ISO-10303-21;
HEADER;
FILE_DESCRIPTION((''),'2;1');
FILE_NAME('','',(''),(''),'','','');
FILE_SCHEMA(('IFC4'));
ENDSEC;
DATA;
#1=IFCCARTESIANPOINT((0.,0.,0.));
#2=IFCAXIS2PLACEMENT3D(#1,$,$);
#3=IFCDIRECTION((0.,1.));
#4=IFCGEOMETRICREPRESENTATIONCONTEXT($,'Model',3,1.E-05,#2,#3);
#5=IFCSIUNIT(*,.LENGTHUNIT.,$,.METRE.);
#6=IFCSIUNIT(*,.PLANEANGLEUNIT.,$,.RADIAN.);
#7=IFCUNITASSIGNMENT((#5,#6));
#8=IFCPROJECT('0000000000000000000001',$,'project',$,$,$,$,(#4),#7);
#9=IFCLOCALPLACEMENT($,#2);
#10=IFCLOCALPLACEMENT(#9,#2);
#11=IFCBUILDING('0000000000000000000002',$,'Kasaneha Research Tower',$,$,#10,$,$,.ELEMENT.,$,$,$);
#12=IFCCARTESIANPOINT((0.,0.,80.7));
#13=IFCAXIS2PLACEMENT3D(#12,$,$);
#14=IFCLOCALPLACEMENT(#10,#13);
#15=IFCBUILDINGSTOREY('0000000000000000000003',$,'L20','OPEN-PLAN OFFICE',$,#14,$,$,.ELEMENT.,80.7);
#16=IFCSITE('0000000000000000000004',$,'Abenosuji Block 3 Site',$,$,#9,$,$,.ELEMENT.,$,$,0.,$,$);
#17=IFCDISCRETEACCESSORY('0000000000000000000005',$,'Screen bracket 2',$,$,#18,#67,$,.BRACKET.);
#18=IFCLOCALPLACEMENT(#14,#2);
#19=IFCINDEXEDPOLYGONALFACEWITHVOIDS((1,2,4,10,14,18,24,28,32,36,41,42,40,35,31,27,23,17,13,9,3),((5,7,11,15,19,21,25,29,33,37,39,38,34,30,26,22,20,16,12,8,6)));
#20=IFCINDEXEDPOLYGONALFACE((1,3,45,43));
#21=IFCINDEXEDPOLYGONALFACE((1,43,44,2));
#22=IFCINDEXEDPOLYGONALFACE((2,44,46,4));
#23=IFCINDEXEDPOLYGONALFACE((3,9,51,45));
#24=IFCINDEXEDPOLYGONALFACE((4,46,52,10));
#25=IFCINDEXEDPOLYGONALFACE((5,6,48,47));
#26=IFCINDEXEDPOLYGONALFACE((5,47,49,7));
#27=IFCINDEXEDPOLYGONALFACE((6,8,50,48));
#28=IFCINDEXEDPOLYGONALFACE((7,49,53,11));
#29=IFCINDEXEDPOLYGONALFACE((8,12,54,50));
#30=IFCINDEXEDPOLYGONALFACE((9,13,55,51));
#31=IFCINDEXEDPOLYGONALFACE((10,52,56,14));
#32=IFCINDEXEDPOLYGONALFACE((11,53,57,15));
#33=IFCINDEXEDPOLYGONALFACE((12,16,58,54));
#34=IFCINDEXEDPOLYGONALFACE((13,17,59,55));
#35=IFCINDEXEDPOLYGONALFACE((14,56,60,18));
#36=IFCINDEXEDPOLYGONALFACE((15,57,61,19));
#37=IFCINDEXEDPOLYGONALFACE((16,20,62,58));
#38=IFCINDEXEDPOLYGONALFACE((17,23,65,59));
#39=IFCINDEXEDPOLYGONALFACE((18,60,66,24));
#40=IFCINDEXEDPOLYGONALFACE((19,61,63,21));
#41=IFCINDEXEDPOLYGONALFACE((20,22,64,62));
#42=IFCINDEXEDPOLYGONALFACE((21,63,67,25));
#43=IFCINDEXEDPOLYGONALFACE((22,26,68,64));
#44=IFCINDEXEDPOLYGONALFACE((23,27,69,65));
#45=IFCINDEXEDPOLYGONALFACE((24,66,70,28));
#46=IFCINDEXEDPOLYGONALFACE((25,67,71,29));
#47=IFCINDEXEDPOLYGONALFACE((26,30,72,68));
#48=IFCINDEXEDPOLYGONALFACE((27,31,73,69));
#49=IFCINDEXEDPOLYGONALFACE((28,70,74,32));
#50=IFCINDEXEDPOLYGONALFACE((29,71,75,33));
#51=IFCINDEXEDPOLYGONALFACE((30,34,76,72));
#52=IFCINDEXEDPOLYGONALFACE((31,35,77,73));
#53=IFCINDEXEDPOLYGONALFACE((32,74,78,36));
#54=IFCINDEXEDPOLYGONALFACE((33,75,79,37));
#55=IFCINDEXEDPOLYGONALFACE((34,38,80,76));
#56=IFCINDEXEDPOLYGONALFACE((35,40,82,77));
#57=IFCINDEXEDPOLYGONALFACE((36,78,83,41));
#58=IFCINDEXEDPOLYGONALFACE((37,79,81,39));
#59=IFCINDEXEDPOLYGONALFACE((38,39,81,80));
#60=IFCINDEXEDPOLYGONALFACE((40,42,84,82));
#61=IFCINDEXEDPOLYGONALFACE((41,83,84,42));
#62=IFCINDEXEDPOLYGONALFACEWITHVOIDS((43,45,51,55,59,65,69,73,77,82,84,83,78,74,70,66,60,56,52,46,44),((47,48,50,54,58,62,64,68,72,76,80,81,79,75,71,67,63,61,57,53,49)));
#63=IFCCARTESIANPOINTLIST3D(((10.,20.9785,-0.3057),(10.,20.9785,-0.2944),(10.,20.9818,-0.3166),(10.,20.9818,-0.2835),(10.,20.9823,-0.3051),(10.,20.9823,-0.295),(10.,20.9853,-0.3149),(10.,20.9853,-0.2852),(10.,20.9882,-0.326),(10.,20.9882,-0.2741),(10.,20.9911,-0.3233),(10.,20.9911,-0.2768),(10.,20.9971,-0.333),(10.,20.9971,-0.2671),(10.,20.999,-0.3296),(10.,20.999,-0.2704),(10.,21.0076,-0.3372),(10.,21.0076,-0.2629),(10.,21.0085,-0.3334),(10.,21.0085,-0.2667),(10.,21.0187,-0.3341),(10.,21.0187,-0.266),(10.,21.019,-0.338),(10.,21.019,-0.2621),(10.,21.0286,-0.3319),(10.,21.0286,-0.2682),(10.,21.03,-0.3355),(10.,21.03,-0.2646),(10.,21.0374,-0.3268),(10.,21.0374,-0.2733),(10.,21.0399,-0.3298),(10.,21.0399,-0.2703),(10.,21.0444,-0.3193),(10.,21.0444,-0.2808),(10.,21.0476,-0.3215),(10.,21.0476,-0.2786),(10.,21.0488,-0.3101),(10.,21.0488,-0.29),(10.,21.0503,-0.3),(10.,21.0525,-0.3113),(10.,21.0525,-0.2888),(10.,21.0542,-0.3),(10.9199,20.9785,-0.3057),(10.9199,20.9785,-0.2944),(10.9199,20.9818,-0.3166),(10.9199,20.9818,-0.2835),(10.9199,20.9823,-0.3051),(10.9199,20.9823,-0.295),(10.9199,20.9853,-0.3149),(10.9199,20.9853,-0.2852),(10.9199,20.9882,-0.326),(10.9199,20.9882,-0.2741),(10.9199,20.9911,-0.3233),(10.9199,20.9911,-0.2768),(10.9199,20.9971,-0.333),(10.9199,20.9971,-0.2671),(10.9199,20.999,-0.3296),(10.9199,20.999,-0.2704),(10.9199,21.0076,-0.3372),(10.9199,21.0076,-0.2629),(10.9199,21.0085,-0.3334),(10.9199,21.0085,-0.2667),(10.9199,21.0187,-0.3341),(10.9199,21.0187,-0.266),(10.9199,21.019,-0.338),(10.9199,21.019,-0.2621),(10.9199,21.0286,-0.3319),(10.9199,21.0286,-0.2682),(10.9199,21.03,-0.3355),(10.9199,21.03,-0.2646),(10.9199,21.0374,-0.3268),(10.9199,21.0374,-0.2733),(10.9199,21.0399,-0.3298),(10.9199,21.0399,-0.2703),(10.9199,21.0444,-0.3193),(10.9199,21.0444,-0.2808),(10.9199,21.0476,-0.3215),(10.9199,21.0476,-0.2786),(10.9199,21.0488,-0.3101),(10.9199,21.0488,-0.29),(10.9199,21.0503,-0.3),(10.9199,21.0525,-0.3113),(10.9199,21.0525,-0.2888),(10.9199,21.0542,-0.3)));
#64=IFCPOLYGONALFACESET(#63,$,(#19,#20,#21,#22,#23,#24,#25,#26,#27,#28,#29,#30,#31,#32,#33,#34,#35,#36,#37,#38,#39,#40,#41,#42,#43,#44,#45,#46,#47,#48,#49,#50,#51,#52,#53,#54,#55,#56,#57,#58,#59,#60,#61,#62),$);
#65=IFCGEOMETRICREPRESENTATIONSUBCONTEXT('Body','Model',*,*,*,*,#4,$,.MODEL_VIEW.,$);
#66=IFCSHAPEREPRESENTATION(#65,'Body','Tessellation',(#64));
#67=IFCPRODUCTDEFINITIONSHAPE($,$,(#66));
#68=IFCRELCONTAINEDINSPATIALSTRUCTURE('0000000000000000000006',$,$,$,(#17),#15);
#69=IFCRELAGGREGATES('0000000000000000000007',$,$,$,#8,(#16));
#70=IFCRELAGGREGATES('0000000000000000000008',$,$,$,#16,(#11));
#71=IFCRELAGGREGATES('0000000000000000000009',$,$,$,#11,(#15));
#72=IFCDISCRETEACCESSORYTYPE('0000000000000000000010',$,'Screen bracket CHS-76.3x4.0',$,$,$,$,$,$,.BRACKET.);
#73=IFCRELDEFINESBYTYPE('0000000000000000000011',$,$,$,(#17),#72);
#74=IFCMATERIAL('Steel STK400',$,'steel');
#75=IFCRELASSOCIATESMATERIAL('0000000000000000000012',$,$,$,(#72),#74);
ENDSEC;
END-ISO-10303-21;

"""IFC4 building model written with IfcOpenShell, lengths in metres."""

from ifc_helpers import new_model, si_unit, direction, frame, origin, origin_2d, place, context, subcontext, project, spatial, hollow_circle, extrude, material, material_profile, profile_set, type_object, element, save


model = new_model("IFC4")

# Units and contexts
model_context = context("Model", 3, precision=1e-05, world=origin(), true_north=direction((0.0, 1.0)))
body_context = subcontext(model_context, "Body", "Model", "MODEL_VIEW")
ifc_project = project(units=[si_unit("LENGTHUNIT", "METRE"), si_unit("PLANEANGLEUNIT", "RADIAN")], contexts=[model_context])

# Site, building, storey
site_placement = place(None, origin())
site = spatial("IfcSite", under=ifc_project, at=site_placement, Name="Abenosuji Block 3 Site", CompositionType="ELEMENT", RefElevation=0.0)
building_placement = place(site_placement, origin())
building = spatial("IfcBuilding", under=site, at=building_placement, Name="Kasaneha Research Tower", CompositionType="ELEMENT")
storey_placement = place(building_placement, frame((0.0, 0.0, 80.7)))
storey = spatial("IfcBuildingStorey", under=building, at=storey_placement, Name="L20", Description="OPEN-PLAN OFFICE", CompositionType="ELEMENT", Elevation=80.7)

# Discrete accessory
ifc_material_1 = material(Name="Steel STK400", Category="steel")
ifc_material_profile_1 = material_profile(ifc_material_1, hollow_circle(Radius=0.0381, WallThickness=0.0039, at=origin_2d()), Name="CHS-76.3x4.0")
ifc_profile_set_1 = profile_set([ifc_material_profile_1], Name="Steel STK400")
discrete_accessory_type = type_object("IfcDiscreteAccessoryType", Name="Screen bracket CHS-76.3x4.0", PredefinedType="BRACKET", material=ifc_profile_set_1)
for number, where, z_axis, x_axis, name in (
    (1, (10.0, 21.0161, -0.3), (1.0, 0.0, 0.0), (0.0, 1.0, 0.0), "Screen bracket 2"),
):
    element("IfcDiscreteAccessory", number, at=place(storey_placement, frame(where, z_axis=z_axis, x_axis=x_axis)), inside=storey, type_object=discrete_accessory_type, Name=name, PredefinedType="BRACKET", context=body_context, shape_type="SweptSolid", body=[
        extrude(hollow_circle(Radius=0.0381, WallThickness=0.0039, at=origin_2d()), origin(), (0.0, 0.0, 1.0), 0.9199),
    ])

save(model, "model.ifc")
